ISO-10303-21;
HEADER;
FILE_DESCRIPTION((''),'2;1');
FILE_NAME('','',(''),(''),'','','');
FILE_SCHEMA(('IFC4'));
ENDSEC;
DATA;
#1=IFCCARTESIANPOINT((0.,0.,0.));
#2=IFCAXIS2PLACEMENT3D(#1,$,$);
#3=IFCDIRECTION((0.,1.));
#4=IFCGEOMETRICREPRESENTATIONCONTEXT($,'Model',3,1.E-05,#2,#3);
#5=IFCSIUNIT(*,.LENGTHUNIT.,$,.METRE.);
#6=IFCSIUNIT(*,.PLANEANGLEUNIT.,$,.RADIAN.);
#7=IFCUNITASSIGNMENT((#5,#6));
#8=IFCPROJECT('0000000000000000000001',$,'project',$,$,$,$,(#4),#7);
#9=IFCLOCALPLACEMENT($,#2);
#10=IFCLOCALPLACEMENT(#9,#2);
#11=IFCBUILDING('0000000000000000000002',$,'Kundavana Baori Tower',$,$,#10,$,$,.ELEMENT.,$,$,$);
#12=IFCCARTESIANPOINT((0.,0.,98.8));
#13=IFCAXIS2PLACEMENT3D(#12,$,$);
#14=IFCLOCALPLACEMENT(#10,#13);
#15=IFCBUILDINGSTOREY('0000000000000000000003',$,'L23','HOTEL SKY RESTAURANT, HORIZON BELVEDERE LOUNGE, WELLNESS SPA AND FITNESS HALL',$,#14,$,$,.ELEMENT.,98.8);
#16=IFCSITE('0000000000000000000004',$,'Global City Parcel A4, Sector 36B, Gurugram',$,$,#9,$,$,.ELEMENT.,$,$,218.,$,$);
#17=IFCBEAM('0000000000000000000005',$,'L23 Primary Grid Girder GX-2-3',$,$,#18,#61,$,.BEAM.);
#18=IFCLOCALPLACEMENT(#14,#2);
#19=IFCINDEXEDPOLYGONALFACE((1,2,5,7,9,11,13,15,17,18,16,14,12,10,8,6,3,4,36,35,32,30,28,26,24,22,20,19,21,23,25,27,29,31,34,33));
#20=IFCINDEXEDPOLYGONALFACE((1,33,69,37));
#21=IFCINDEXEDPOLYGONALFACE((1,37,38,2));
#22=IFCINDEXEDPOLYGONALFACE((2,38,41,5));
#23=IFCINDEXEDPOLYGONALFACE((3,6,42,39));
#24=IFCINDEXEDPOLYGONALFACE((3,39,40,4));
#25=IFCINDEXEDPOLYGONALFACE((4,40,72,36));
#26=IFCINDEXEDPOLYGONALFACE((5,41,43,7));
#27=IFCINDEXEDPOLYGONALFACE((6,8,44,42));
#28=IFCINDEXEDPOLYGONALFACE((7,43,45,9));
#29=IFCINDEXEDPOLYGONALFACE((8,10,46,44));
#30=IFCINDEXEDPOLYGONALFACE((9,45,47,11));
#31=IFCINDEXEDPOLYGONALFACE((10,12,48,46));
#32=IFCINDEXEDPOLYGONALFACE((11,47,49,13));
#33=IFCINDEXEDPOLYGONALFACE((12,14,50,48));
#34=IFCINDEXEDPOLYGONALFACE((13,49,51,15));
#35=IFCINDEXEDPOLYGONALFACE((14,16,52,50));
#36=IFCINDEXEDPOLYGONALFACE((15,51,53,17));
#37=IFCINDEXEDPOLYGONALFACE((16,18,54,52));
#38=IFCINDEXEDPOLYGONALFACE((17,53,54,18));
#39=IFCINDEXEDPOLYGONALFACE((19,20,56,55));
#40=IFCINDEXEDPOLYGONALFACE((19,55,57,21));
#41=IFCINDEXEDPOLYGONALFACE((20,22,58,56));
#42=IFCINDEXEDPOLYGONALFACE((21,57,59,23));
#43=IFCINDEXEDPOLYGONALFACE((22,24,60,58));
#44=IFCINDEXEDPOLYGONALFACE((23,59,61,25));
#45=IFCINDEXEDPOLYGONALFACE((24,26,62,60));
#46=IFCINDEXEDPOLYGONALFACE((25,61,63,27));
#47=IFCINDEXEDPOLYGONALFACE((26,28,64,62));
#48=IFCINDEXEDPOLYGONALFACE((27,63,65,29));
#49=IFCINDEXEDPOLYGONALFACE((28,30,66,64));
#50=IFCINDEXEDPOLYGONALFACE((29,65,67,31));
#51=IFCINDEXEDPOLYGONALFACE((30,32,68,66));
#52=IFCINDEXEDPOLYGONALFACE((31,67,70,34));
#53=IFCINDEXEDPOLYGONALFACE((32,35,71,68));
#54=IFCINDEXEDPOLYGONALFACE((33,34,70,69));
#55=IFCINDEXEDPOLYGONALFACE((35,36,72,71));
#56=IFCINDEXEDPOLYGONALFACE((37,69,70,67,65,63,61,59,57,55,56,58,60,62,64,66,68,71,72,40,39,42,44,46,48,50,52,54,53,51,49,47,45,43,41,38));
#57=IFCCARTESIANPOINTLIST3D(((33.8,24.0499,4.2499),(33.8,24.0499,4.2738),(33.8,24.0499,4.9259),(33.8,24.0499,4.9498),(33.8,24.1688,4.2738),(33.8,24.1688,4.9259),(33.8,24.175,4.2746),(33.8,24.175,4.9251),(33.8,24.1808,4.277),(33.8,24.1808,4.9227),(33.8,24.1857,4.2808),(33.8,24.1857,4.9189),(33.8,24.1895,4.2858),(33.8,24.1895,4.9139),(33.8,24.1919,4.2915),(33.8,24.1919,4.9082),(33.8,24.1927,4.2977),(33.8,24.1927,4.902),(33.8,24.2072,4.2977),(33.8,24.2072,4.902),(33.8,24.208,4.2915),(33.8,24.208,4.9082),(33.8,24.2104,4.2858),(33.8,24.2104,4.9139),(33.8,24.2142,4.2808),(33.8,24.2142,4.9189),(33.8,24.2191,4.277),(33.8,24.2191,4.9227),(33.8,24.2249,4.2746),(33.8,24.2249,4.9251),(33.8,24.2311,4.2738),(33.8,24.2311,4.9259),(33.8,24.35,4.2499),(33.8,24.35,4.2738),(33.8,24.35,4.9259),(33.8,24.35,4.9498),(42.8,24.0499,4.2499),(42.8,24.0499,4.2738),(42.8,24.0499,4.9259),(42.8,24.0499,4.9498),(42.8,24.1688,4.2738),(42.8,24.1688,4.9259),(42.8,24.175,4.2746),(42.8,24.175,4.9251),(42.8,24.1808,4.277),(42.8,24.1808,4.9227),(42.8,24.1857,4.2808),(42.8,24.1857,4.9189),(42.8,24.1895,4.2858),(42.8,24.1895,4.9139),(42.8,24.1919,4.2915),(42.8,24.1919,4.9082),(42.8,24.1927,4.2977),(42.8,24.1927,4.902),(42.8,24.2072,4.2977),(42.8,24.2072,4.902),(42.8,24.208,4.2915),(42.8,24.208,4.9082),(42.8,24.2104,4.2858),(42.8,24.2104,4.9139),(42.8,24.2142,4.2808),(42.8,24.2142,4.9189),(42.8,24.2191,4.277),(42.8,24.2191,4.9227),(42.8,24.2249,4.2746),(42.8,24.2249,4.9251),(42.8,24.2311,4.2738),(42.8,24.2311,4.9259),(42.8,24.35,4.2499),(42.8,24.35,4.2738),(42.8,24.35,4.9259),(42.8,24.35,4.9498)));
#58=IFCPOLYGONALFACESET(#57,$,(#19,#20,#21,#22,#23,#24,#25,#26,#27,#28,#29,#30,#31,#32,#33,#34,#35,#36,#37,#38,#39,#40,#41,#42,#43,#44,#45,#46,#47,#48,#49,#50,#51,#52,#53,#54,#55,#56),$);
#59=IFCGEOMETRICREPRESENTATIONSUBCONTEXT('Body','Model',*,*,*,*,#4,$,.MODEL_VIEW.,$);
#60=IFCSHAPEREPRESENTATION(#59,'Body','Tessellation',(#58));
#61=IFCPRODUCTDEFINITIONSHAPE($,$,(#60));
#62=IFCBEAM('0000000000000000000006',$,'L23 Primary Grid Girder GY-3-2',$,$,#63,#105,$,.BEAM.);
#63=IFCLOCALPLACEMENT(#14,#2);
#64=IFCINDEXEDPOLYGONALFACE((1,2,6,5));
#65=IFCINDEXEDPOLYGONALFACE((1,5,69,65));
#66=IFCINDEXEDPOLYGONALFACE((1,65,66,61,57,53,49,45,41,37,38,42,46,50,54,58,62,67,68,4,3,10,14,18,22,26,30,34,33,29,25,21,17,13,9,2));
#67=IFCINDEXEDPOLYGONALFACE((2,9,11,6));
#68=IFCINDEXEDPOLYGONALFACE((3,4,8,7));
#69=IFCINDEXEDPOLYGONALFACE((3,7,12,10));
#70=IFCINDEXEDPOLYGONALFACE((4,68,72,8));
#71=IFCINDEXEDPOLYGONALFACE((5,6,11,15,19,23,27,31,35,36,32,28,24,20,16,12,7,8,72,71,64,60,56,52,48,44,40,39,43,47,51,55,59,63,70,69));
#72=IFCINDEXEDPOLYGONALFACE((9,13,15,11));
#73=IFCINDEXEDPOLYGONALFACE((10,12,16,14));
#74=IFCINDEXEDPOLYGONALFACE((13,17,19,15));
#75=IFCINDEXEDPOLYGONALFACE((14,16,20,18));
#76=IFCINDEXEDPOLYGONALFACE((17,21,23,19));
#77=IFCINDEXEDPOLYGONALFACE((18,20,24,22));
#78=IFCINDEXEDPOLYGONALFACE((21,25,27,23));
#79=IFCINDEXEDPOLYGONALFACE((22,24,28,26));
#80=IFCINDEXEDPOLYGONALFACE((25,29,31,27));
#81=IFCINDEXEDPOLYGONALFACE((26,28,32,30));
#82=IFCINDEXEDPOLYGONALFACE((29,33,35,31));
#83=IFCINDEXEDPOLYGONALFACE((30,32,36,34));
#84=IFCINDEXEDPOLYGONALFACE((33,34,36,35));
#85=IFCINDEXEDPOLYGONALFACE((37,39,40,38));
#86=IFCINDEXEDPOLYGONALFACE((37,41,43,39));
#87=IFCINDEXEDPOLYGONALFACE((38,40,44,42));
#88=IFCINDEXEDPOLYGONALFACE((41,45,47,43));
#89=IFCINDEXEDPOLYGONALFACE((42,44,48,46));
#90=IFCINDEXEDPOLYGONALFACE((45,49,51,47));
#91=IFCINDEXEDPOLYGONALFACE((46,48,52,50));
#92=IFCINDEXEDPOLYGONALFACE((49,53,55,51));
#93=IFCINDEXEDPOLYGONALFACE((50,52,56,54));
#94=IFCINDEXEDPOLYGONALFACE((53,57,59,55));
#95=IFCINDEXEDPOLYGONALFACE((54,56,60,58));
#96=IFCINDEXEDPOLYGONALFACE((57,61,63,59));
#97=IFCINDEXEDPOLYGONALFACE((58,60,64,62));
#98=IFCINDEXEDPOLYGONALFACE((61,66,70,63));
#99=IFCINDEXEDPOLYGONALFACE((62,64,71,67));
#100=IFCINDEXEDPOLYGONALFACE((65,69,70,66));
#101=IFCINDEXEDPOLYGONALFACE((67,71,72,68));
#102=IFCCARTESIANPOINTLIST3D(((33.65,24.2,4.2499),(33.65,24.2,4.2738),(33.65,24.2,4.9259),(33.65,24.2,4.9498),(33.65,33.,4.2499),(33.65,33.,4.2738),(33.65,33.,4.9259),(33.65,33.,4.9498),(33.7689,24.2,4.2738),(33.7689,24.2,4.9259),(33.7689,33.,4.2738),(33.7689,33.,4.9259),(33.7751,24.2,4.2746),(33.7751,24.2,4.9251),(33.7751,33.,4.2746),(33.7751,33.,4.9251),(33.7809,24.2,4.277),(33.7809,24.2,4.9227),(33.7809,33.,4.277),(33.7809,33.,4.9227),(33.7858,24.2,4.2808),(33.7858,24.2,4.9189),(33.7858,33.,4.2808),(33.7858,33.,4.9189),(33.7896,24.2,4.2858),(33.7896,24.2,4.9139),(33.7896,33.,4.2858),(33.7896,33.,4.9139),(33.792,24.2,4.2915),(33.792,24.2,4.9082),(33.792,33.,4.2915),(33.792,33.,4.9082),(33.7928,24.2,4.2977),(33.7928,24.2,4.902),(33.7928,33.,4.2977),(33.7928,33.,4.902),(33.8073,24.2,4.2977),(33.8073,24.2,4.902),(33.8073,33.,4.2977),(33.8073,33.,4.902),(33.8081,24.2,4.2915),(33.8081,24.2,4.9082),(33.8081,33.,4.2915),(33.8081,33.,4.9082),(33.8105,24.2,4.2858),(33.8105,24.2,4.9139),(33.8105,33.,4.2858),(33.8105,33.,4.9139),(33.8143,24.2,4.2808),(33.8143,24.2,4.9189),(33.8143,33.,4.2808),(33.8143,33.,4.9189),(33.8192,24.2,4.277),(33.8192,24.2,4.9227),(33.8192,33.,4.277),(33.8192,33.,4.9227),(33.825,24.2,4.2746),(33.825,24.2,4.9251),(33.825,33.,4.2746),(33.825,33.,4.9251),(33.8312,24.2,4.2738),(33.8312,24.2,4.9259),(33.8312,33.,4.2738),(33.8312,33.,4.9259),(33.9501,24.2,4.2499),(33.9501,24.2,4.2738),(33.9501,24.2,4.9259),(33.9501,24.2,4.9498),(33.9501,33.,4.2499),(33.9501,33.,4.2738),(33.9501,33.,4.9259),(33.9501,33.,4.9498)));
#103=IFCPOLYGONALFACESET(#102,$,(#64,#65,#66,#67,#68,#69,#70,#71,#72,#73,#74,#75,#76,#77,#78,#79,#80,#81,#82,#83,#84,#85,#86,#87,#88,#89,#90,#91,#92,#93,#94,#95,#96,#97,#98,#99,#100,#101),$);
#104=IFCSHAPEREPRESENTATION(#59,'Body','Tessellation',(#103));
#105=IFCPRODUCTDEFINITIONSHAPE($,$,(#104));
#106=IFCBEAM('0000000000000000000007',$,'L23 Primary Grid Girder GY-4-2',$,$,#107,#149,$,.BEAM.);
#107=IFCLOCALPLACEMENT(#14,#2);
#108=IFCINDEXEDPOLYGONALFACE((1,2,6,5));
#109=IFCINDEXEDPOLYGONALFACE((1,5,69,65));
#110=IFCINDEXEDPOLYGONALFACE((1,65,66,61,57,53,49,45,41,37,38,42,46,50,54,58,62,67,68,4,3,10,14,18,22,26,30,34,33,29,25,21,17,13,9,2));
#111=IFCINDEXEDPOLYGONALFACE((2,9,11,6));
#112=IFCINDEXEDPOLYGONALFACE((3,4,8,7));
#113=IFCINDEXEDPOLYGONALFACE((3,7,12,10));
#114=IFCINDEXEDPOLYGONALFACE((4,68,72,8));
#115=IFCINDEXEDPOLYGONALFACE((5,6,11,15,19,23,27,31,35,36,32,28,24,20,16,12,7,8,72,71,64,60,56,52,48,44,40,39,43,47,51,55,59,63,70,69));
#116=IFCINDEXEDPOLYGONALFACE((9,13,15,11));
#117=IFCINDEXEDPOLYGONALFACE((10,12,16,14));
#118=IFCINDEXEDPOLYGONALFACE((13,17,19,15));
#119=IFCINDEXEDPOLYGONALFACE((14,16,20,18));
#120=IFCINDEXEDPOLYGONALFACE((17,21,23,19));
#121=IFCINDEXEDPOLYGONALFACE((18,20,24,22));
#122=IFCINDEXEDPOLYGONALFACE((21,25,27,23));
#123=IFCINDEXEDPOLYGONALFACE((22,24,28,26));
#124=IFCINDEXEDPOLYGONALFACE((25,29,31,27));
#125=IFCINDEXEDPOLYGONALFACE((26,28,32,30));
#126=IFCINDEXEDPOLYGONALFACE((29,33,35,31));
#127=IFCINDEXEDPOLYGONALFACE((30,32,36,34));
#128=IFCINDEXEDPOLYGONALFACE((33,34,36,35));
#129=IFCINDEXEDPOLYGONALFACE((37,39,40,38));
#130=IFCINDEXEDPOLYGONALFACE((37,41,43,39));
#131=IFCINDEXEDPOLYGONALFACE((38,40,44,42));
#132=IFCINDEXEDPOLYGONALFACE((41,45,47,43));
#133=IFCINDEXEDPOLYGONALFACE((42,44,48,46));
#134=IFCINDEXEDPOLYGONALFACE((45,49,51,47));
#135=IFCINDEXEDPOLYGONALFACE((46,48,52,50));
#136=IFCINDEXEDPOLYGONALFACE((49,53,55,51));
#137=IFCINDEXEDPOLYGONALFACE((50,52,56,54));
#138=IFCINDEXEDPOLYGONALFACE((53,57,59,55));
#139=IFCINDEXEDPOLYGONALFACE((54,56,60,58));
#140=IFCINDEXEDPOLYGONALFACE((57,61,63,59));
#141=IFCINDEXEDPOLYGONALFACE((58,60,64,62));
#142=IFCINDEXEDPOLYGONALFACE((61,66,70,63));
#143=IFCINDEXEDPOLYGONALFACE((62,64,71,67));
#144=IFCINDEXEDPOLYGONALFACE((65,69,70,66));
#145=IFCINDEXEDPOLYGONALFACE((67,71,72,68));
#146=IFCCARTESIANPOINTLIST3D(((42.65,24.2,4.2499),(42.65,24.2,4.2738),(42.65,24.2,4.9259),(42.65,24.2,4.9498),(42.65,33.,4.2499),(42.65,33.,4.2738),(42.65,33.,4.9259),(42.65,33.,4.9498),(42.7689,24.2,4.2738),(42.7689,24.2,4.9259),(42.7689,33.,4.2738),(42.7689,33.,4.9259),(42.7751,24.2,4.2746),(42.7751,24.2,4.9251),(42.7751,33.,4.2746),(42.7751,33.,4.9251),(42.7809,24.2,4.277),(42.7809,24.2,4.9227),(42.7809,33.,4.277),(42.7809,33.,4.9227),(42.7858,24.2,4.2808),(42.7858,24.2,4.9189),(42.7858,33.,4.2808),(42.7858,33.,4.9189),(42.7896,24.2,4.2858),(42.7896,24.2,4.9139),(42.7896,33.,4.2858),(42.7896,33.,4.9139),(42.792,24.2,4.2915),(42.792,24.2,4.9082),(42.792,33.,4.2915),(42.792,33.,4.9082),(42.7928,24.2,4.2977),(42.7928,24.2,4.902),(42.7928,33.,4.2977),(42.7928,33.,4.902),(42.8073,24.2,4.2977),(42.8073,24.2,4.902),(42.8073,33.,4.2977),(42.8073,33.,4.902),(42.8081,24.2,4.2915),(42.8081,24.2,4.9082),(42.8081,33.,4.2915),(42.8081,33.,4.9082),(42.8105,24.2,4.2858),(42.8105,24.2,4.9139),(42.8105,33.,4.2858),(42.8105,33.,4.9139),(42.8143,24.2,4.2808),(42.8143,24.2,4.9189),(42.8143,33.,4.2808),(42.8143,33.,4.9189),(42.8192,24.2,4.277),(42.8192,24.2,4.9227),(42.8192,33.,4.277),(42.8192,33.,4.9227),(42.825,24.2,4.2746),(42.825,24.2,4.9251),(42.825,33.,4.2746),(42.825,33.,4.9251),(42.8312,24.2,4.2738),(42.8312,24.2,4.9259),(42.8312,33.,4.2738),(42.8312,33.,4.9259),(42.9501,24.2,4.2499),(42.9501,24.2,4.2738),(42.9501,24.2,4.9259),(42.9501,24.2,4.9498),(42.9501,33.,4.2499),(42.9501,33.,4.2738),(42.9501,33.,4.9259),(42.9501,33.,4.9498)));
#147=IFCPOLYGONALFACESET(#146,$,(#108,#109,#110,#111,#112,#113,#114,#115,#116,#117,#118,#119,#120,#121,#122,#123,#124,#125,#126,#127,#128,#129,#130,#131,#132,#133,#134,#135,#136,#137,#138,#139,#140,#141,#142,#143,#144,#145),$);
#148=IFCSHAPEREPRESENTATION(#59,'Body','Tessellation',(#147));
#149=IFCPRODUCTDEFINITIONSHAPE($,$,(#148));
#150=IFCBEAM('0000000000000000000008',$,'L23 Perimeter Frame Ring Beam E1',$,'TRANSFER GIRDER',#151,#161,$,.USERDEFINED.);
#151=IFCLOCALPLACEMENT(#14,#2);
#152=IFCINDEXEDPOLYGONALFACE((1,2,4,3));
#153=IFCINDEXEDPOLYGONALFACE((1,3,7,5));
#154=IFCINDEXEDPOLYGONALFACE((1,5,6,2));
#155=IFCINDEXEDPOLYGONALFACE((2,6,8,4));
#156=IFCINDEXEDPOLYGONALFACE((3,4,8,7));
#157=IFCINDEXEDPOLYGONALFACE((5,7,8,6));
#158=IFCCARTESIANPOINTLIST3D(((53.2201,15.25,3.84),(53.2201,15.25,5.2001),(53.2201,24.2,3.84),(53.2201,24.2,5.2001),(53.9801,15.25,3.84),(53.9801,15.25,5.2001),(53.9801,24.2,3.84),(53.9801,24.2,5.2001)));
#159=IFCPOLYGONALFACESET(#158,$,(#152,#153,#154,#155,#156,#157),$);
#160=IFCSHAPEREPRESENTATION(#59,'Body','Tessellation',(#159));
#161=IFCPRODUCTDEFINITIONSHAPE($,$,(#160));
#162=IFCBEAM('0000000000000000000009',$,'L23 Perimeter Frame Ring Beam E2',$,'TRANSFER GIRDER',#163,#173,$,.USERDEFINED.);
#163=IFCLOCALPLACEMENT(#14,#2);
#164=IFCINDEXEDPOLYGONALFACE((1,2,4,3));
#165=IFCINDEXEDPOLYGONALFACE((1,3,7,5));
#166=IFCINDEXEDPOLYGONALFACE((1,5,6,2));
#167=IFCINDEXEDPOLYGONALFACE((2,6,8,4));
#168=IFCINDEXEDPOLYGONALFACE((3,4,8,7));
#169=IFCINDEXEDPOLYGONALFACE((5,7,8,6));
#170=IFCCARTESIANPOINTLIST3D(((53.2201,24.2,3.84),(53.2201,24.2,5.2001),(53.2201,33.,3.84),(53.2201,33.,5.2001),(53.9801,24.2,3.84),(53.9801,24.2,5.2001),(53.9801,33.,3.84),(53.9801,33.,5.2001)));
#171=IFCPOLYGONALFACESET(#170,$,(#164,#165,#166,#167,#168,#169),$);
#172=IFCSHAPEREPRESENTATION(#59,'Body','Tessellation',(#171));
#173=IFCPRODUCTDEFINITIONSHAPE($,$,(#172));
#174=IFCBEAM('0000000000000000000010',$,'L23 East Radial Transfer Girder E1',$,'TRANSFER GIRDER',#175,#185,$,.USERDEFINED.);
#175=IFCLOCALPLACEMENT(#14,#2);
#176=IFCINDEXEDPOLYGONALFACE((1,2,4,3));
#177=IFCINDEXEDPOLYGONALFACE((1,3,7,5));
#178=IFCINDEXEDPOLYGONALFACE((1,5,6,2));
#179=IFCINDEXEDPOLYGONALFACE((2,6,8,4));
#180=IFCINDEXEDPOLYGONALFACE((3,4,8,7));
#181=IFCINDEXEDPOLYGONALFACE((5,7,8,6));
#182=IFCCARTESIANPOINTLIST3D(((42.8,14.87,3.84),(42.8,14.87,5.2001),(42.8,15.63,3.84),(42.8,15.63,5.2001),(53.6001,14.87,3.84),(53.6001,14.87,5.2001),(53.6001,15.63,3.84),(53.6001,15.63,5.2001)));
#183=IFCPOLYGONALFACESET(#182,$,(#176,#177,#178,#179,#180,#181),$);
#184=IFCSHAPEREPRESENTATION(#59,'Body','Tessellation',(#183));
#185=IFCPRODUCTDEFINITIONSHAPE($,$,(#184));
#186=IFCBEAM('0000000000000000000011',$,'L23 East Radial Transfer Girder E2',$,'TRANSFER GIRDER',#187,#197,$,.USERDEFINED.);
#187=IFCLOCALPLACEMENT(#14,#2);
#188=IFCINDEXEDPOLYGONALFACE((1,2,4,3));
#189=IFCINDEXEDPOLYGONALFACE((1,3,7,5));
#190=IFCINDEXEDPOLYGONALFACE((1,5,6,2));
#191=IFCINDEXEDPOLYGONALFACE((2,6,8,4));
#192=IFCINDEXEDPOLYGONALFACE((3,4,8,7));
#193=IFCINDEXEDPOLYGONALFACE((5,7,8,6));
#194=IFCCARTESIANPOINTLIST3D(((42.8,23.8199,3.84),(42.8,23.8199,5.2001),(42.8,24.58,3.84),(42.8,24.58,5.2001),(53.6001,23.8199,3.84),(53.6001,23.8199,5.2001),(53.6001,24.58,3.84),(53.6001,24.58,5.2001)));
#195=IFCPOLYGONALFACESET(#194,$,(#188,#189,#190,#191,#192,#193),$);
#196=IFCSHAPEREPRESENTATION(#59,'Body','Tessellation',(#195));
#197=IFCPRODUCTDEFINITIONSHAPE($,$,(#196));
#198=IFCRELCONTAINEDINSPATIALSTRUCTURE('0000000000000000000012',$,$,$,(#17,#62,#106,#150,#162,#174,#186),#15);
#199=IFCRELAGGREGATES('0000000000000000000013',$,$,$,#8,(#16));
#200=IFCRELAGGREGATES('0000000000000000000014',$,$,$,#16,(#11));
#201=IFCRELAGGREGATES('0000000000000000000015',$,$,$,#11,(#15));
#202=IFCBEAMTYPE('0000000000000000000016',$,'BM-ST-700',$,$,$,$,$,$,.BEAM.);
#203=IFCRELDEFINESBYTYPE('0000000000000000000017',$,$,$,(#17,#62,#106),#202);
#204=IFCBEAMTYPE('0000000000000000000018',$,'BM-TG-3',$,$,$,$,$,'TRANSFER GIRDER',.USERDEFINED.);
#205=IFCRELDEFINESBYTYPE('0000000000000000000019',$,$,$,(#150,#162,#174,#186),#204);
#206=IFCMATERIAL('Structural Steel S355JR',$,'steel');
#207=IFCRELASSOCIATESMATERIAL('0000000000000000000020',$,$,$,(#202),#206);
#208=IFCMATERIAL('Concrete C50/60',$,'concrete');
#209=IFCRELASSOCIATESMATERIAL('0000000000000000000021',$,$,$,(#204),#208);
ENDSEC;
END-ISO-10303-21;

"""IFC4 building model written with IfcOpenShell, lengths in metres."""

from ifc_helpers import new_model, si_unit, direction, frame, origin, origin_2d, place, context, subcontext, project, spatial, rectangle, i_section, extrude, material, material_profile, profile_set, type_object, element, save


model = new_model("IFC4")

# Units and contexts
model_context = context("Model", 3, precision=1e-05, world=origin(), true_north=direction((0.0, 1.0)))
body_context = subcontext(model_context, "Body", "Model", "MODEL_VIEW")
ifc_project = project(units=[si_unit("LENGTHUNIT", "METRE"), si_unit("PLANEANGLEUNIT", "RADIAN")], contexts=[model_context])

# Site, building, storey
site_placement = place(None, origin())
site = spatial("IfcSite", under=ifc_project, at=site_placement, Name="Global City Parcel A4, Sector 36B, Gurugram", CompositionType="ELEMENT", RefElevation=218.0)
building_placement = place(site_placement, origin())
building = spatial("IfcBuilding", under=site, at=building_placement, Name="Kundavana Baori Tower", CompositionType="ELEMENT")
storey_placement = place(building_placement, frame((0.0, 0.0, 98.8)))
storey = spatial("IfcBuildingStorey", under=building, at=storey_placement, Name="L23", Description="HOTEL SKY RESTAURANT, HORIZON BELVEDERE LOUNGE, WELLNESS SPA AND FITNESS HALL", CompositionType="ELEMENT", Elevation=98.8)

# Beams
ifc_material_1 = material(Name="Structural Steel S355JR", Category="steel")
ifc_material_profile_1 = material_profile(ifc_material_1, i_section(OverallWidth=0.3, OverallDepth=0.7, WebThickness=0.0144, FlangeThickness=0.0239, FilletRadius=0.0239, at=origin_2d()), Name="NPB 700x300x170")
ifc_profile_set_1 = profile_set([ifc_material_profile_1], Name="Structural Steel S355JR")
beam_type_1 = type_object("IfcBeamType", Name="BM-ST-700", PredefinedType="BEAM", material=ifc_profile_set_1)
beam_1_placement = place(storey_placement, frame((33.8, 24.2, 4.5999), z_axis=(1.0, 0.0, 0.0), x_axis=(0.0, 1.0, 0.0)))
element("IfcBeam", 1, at=beam_1_placement, inside=storey, type_object=beam_type_1, Name="L23 Primary Grid Girder GX-2-3", PredefinedType="BEAM", context=body_context, shape_type="SweptSolid", body=[
    extrude(i_section(OverallWidth=0.3, OverallDepth=0.7, WebThickness=0.0144, FlangeThickness=0.0239, FilletRadius=0.0239, at=origin_2d()), origin(), (0.0, 0.0, 1.0), 9.0),
])
for number, where, z_axis, x_axis, name in (
    (2, (33.8, 24.2, 4.5999), (0.0, 1.0, 0.0), (-1.0, 0.0, 0.0), "L23 Primary Grid Girder GY-3-2"),
    (3, (42.8, 24.2, 4.5999), (0.0, 1.0, 0.0), (-1.0, 0.0, 0.0), "L23 Primary Grid Girder GY-4-2"),
):
    element("IfcBeam", number, at=place(storey_placement, frame(where, z_axis=z_axis, x_axis=x_axis)), inside=storey, type_object=beam_type_1, Name=name, PredefinedType="BEAM", context=body_context, shape_type="SweptSolid", body=[
        extrude(i_section(OverallWidth=0.3, OverallDepth=0.7, WebThickness=0.0144, FlangeThickness=0.0239, FilletRadius=0.0239, at=origin_2d()), origin(), (0.0, 0.0, 1.0), 8.8),
    ])
ifc_material_2 = material(Name="Concrete C50/60", Category="concrete")
ifc_material_profile_2 = material_profile(ifc_material_2, rectangle(XDim=0.76, YDim=1.3601, at=origin_2d()), Name="BM-TG-3")
ifc_profile_set_2 = profile_set([ifc_material_profile_2], Name="Concrete C50/60")
beam_type_2 = type_object("IfcBeamType", Name="BM-TG-3", ElementType="TRANSFER GIRDER", PredefinedType="USERDEFINED", material=ifc_profile_set_2)
beam_2_placement = place(storey_placement, frame((53.6001, 15.25, 4.52), z_axis=(0.0, 1.0, 0.0), x_axis=(-1.0, 0.0, 0.0)))
element("IfcBeam", 4, at=beam_2_placement, inside=storey, type_object=beam_type_2, Name="L23 Perimeter Frame Ring Beam E1", ObjectType="TRANSFER GIRDER", PredefinedType="USERDEFINED", context=body_context, shape_type="SweptSolid", body=[
    extrude(rectangle(XDim=0.76, YDim=1.3601, at=origin_2d()), origin(), (0.0, 0.0, 1.0), 8.95),
])
beam_3_placement = place(storey_placement, frame((53.6001, 24.2, 4.52), z_axis=(0.0, 1.0, 0.0), x_axis=(-1.0, 0.0, 0.0)))
element("IfcBeam", 5, at=beam_3_placement, inside=storey, type_object=beam_type_2, Name="L23 Perimeter Frame Ring Beam E2", ObjectType="TRANSFER GIRDER", PredefinedType="USERDEFINED", context=body_context, shape_type="SweptSolid", body=[
    extrude(rectangle(XDim=0.76, YDim=1.3601, at=origin_2d()), origin(), (0.0, 0.0, 1.0), 8.8),
])
for number, where, z_axis, x_axis, name in (
    (6, (42.8, 15.25, 4.52), (1.0, 0.0, 0.0), (0.0, 1.0, 0.0), "L23 East Radial Transfer Girder E1"),
    (7, (42.8, 24.2, 4.52), (1.0, 0.0, 0.0), (0.0, 1.0, 0.0), "L23 East Radial Transfer Girder E2"),
):
    element("IfcBeam", number, at=place(storey_placement, frame(where, z_axis=z_axis, x_axis=x_axis)), inside=storey, type_object=beam_type_2, Name=name, ObjectType="TRANSFER GIRDER", PredefinedType="USERDEFINED", context=body_context, shape_type="SweptSolid", body=[
        extrude(rectangle(XDim=0.76, YDim=1.3601, at=origin_2d()), origin(), (0.0, 0.0, 1.0), 10.8),
    ])

save(model, "model.ifc")
